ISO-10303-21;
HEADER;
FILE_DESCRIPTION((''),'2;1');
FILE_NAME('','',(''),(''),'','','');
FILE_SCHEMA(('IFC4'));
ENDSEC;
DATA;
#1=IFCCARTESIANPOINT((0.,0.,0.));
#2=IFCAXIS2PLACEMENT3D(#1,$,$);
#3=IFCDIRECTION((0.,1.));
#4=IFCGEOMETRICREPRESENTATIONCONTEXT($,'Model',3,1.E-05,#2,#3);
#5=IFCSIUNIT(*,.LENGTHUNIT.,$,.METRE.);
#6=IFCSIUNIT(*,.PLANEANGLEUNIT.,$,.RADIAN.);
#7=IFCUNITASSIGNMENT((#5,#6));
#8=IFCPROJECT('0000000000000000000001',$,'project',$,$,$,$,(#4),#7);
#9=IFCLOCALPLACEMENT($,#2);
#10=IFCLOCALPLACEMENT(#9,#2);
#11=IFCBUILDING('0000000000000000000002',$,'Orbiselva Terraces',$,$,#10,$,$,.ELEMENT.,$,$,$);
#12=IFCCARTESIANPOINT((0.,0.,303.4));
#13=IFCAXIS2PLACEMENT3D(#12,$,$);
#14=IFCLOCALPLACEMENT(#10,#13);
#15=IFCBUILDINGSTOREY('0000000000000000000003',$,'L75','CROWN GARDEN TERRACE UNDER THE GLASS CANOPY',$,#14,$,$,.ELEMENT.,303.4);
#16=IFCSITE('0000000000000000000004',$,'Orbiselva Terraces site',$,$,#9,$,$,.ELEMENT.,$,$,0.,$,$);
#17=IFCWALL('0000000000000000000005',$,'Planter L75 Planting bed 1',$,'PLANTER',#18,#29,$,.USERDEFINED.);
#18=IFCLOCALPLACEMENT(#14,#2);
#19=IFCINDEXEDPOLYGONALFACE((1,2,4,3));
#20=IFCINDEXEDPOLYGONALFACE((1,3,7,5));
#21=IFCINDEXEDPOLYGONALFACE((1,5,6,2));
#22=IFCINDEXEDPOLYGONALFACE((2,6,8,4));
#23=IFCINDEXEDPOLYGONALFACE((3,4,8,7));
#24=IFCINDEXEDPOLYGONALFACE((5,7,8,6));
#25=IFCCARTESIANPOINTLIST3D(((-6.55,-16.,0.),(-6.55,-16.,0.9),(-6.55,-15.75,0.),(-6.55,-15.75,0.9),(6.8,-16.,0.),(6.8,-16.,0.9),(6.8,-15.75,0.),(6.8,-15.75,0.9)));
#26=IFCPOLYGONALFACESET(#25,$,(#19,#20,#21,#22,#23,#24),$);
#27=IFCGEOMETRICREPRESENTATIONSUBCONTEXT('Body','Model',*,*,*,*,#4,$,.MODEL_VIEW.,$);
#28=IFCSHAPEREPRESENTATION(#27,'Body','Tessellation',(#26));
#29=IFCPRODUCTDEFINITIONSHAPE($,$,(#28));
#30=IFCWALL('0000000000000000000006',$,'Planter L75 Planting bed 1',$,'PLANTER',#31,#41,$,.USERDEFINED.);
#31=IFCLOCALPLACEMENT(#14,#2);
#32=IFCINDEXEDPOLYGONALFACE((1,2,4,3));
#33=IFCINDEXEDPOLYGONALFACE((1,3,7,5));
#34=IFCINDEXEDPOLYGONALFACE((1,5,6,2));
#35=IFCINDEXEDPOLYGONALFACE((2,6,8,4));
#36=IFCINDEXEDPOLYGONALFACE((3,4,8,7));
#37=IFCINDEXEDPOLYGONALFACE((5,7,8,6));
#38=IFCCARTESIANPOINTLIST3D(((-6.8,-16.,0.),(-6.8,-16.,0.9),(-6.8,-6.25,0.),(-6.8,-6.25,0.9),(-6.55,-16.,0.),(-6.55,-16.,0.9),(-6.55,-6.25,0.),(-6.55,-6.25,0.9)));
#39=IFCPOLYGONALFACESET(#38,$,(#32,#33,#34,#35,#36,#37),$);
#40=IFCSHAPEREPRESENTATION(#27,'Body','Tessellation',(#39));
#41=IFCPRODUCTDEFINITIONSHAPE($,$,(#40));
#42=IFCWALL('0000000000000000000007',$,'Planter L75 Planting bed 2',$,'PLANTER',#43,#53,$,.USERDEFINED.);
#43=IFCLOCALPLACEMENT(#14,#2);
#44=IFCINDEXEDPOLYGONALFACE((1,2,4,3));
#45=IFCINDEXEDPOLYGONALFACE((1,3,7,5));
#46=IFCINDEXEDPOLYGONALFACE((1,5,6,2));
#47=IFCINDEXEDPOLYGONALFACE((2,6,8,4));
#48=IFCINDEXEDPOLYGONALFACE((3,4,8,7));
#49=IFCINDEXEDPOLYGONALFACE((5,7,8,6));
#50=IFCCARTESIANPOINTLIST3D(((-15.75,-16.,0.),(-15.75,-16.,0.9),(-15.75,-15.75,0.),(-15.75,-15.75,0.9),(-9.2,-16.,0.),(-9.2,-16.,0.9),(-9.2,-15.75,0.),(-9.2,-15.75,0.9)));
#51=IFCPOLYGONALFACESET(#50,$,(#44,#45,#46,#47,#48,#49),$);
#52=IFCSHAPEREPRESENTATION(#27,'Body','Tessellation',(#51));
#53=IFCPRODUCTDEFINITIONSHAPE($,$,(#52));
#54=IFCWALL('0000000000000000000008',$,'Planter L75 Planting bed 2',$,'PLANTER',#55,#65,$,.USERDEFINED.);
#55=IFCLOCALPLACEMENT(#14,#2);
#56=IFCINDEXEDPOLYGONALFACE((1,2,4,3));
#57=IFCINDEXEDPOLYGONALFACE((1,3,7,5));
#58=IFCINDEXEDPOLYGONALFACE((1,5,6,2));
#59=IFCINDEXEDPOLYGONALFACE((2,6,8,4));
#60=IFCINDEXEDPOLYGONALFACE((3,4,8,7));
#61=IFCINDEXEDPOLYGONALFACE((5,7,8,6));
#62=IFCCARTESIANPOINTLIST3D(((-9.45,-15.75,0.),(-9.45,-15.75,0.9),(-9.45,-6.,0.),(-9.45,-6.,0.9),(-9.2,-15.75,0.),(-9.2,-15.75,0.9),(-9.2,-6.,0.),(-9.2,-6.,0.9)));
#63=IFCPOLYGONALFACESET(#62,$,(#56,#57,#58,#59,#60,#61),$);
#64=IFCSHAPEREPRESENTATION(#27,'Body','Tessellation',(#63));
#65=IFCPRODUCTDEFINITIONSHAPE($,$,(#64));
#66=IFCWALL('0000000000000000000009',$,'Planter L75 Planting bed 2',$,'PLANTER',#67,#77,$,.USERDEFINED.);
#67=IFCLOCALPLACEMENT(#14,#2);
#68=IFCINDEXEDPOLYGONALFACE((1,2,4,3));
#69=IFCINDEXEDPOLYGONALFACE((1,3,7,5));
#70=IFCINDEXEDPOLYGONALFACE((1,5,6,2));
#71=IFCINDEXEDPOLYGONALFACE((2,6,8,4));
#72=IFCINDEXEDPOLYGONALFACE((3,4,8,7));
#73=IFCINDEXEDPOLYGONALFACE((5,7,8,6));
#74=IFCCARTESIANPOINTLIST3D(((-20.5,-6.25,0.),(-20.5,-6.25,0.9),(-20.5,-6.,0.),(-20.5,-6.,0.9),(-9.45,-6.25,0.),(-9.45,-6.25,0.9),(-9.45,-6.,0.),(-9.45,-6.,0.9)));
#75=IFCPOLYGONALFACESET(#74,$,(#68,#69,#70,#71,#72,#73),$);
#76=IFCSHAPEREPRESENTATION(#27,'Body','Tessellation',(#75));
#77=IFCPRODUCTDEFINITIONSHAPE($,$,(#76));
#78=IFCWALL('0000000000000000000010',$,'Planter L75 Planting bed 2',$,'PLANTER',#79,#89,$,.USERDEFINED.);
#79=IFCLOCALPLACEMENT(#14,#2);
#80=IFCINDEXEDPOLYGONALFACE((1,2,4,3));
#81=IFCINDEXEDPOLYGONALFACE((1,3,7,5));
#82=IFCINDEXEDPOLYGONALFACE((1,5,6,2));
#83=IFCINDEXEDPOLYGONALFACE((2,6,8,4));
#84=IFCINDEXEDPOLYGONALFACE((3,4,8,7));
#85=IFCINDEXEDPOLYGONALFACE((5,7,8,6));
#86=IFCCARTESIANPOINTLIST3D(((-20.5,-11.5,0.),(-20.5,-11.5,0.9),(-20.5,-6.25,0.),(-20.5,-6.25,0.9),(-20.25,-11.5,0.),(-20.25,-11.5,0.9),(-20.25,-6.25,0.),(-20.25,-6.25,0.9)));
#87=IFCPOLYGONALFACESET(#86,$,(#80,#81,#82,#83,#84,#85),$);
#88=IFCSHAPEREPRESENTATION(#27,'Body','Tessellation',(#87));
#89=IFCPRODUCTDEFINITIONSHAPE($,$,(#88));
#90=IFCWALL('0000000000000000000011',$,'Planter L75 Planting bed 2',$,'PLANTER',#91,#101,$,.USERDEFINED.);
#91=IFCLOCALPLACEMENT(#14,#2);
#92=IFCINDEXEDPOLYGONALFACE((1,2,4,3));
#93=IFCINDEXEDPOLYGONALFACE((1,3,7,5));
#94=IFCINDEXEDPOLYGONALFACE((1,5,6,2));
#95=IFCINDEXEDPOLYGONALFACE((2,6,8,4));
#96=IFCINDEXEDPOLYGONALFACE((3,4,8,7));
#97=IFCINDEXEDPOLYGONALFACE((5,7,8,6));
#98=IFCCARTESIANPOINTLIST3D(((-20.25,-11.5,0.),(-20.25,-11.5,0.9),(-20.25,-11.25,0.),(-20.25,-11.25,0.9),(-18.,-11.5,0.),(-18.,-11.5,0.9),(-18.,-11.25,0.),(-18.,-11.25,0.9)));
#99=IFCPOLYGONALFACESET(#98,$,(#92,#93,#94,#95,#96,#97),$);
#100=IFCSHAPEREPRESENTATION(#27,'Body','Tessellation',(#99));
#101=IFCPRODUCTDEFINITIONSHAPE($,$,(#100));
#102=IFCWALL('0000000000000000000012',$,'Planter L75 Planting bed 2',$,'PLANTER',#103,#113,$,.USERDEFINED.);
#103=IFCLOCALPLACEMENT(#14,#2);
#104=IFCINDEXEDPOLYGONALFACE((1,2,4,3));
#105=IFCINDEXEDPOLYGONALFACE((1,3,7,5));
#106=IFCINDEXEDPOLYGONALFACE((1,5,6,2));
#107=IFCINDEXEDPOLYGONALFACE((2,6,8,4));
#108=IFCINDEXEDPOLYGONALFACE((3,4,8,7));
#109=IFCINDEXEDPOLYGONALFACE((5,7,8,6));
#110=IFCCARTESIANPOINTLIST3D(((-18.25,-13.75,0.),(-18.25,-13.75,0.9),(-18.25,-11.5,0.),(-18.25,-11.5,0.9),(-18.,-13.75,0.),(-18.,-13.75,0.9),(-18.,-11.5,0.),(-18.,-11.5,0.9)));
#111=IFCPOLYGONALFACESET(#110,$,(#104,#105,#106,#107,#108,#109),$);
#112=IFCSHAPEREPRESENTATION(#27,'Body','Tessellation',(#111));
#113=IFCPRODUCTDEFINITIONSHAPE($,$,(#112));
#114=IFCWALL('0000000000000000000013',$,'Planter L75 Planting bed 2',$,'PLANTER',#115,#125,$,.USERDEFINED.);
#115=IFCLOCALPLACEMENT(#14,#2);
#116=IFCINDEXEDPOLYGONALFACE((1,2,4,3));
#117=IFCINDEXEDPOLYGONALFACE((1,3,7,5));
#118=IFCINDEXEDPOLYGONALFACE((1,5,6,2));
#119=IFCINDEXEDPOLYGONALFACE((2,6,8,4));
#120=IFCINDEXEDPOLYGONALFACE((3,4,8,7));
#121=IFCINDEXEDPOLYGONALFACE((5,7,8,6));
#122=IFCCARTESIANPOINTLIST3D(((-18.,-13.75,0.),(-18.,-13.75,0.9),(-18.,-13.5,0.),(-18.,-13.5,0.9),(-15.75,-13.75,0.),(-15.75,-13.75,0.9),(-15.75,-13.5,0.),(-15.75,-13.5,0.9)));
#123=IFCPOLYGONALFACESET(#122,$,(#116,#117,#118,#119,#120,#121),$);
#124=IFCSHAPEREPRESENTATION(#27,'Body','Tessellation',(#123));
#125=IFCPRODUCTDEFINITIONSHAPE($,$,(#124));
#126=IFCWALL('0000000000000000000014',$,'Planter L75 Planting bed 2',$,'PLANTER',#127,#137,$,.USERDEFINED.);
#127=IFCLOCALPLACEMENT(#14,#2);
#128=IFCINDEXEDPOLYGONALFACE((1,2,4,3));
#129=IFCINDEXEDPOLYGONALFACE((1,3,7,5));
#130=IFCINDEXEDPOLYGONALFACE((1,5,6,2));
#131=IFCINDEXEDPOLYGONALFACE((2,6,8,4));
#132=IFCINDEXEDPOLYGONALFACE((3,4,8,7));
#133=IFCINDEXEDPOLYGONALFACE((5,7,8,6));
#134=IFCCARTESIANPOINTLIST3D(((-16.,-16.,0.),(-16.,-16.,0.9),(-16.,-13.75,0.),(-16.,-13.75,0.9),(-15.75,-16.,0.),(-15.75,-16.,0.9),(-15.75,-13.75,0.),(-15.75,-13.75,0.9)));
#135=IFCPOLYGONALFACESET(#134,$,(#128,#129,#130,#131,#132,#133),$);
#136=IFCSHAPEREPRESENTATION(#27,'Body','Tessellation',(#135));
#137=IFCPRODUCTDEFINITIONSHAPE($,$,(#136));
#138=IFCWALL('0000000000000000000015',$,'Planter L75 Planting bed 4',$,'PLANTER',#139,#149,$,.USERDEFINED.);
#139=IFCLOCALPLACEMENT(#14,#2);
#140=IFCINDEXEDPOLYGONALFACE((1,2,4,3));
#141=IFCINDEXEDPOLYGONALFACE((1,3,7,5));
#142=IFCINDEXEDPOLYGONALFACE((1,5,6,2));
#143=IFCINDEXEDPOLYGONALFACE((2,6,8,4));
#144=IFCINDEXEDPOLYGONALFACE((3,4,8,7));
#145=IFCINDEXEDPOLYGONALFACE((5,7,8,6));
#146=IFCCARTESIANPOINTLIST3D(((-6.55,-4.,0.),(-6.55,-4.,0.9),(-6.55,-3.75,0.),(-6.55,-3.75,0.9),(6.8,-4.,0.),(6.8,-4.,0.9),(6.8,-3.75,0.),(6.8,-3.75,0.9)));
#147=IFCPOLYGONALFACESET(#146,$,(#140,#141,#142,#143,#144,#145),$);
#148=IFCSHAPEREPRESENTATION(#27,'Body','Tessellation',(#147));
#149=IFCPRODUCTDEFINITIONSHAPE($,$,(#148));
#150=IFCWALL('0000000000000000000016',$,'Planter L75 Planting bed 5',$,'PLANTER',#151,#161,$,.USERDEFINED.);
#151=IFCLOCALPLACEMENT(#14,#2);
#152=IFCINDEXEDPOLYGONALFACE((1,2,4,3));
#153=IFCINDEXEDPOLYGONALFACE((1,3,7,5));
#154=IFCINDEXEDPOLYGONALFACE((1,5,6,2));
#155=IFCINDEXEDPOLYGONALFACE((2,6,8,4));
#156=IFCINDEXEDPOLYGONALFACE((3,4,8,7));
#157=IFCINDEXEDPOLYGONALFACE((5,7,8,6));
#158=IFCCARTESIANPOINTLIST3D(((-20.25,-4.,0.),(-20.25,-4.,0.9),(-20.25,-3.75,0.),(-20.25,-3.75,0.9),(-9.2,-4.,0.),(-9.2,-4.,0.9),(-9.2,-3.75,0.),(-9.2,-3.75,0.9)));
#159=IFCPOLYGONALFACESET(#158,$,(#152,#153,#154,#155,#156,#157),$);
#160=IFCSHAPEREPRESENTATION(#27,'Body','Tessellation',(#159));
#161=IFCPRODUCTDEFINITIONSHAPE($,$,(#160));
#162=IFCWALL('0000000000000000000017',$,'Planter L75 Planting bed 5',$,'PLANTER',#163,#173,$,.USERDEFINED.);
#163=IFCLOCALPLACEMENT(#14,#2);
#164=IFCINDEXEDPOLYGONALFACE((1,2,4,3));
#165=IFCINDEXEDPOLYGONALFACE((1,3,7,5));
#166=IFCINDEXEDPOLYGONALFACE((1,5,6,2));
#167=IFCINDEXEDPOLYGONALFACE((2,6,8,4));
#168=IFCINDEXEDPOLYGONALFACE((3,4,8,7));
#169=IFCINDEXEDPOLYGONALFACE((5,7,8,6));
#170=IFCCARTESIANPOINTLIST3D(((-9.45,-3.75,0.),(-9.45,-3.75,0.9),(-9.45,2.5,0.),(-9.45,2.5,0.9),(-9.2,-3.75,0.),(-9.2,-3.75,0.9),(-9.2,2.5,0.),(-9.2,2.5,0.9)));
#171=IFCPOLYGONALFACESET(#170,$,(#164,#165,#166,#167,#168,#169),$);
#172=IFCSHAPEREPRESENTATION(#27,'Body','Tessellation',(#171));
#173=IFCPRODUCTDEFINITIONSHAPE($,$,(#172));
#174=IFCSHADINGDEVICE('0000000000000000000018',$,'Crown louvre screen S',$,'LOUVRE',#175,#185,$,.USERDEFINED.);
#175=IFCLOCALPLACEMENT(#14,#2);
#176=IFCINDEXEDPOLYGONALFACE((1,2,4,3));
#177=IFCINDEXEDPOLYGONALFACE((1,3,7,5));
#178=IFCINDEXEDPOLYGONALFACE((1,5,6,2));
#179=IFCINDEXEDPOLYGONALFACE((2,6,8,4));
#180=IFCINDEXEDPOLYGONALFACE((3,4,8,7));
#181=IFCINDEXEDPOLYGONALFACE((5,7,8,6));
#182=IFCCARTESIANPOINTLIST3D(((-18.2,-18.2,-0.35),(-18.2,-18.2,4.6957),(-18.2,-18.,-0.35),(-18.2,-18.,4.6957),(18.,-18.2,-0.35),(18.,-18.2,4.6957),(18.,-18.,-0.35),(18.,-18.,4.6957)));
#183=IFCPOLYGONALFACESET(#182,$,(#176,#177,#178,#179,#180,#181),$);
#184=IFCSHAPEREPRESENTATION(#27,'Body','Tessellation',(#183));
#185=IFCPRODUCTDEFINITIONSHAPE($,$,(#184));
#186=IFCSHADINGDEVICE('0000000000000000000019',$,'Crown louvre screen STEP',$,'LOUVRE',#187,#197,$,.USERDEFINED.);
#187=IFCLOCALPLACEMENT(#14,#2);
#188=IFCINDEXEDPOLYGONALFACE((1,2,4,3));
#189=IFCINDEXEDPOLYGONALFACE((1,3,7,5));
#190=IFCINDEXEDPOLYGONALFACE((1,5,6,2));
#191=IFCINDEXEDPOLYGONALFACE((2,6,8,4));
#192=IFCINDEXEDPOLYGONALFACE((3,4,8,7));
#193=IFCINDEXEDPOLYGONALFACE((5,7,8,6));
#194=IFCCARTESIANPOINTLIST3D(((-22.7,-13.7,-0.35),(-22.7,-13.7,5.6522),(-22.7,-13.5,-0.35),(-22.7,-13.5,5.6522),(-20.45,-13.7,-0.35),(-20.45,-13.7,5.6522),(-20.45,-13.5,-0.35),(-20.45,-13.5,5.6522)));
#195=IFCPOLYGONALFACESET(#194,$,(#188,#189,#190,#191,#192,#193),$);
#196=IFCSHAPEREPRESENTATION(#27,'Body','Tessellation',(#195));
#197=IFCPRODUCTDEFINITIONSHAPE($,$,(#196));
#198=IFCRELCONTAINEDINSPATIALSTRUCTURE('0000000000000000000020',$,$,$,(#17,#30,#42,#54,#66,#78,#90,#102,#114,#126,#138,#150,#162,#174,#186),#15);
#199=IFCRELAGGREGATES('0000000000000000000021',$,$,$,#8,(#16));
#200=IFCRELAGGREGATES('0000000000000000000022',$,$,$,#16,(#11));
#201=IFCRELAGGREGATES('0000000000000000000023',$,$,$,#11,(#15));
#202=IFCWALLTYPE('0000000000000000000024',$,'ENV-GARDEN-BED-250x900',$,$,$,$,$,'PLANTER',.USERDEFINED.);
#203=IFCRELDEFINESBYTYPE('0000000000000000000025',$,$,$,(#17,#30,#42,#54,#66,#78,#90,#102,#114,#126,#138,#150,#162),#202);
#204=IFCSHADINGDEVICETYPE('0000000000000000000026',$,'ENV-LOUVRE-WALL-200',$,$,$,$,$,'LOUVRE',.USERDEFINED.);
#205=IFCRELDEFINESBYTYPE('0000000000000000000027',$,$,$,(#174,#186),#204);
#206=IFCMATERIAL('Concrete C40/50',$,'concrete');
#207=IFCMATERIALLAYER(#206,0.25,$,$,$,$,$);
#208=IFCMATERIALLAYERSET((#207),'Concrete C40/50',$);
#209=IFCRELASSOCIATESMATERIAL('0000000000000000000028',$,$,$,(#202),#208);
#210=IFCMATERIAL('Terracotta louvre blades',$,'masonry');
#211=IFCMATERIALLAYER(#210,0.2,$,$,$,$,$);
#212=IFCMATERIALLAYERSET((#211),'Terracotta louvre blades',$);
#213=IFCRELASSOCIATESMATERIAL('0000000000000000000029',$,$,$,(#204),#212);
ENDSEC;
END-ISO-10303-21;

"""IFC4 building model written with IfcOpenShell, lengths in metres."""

from ifc_helpers import new_model, si_unit, direction, frame, frame_2d, origin, place, context, subcontext, project, spatial, polyline, rectangle, outline, extrude, material, layer, layer_set, type_object, element, save


model = new_model("IFC4")

# Units and contexts
model_context = context("Model", 3, precision=1e-05, world=origin(), true_north=direction((0.0, 1.0)))
body_context = subcontext(model_context, "Body", "Model", "MODEL_VIEW")
ifc_project = project(units=[si_unit("LENGTHUNIT", "METRE"), si_unit("PLANEANGLEUNIT", "RADIAN")], contexts=[model_context])

# Site, building, storey
site_placement = place(None, origin())
site = spatial("IfcSite", under=ifc_project, at=site_placement, Name="Orbiselva Terraces site", CompositionType="ELEMENT", RefElevation=0.0)
building_placement = place(site_placement, origin())
building = spatial("IfcBuilding", under=site, at=building_placement, Name="Orbiselva Terraces", CompositionType="ELEMENT")
storey_placement = place(building_placement, frame((0.0, 0.0, 303.4)))
storey = spatial("IfcBuildingStorey", under=building, at=storey_placement, Name="L75", Description="CROWN GARDEN TERRACE UNDER THE GLASS CANOPY", CompositionType="ELEMENT", Elevation=303.4)

# Walls
ifc_material_1 = material(Name="Concrete C40/50", Category="concrete")
ifc_layer_1 = layer(ifc_material_1, 0.25)
ifc_layer_set_1 = layer_set([ifc_layer_1], Name="Concrete C40/50")
wall_type = type_object("IfcWallType", Name="ENV-GARDEN-BED-250x900", ElementType="PLANTER", PredefinedType="USERDEFINED", material=ifc_layer_set_1)
wall_1_placement = place(storey_placement, frame((-6.55, -15.875, 0.0), z_axis=(0.0, 0.0, 1.0), x_axis=(1.0, 0.0, 0.0)))
element("IfcWall", 1, at=wall_1_placement, inside=storey, type_object=wall_type, Name="Planter L75 Planting bed 1", ObjectType="PLANTER", PredefinedType="USERDEFINED", context=body_context, shape_type="SweptSolid", body=[
    extrude(rectangle(XDim=13.35, YDim=0.25, at=frame_2d((6.675, 0.0))), origin(), (0.0, 0.0, 1.0), 0.9),
])
wall_2_placement = place(storey_placement, frame((-6.675, -6.25, 0.0), z_axis=(0.0, 0.0, 1.0), x_axis=(0.0, -1.0, 0.0)))
element("IfcWall", 2, at=wall_2_placement, inside=storey, type_object=wall_type, Name="Planter L75 Planting bed 1", ObjectType="PLANTER", PredefinedType="USERDEFINED", context=body_context, shape_type="SweptSolid", body=[
    extrude(rectangle(XDim=9.75, YDim=0.25, at=frame_2d((4.875, 0.0))), origin(), (0.0, 0.0, 1.0), 0.9),
])
wall_3_placement = place(storey_placement, frame((-15.75, -15.875, 0.0), z_axis=(0.0, 0.0, 1.0), x_axis=(1.0, 0.0, 0.0)))
element("IfcWall", 3, at=wall_3_placement, inside=storey, type_object=wall_type, Name="Planter L75 Planting bed 2", ObjectType="PLANTER", PredefinedType="USERDEFINED", context=body_context, shape_type="SweptSolid", body=[
    extrude(rectangle(XDim=6.55, YDim=0.25, at=frame_2d((3.275, 0.0))), origin(), (0.0, 0.0, 1.0), 0.9),
])
wall_4_placement = place(storey_placement, frame((-9.325, -15.75, 0.0), z_axis=(0.0, 0.0, 1.0), x_axis=(0.0, 1.0, 0.0)))
element("IfcWall", 4, at=wall_4_placement, inside=storey, type_object=wall_type, Name="Planter L75 Planting bed 2", ObjectType="PLANTER", PredefinedType="USERDEFINED", context=body_context, shape_type="SweptSolid", body=[
    extrude(rectangle(XDim=9.75, YDim=0.25, at=frame_2d((4.875, 0.0))), origin(), (0.0, 0.0, 1.0), 0.9),
])
wall_5_placement = place(storey_placement, frame((-9.45, -6.125, 0.0), z_axis=(0.0, 0.0, 1.0), x_axis=(-1.0, 0.0, 0.0)))
element("IfcWall", 5, at=wall_5_placement, inside=storey, type_object=wall_type, Name="Planter L75 Planting bed 2", ObjectType="PLANTER", PredefinedType="USERDEFINED", context=body_context, shape_type="SweptSolid", body=[
    extrude(rectangle(XDim=11.05, YDim=0.25, at=frame_2d((5.525, 0.0))), origin(), (0.0, 0.0, 1.0), 0.9),
])
wall_6_placement = place(storey_placement, frame((-20.375, -6.25, 0.0), z_axis=(0.0, 0.0, 1.0), x_axis=(0.0, -1.0, 0.0)))
element("IfcWall", 6, at=wall_6_placement, inside=storey, type_object=wall_type, Name="Planter L75 Planting bed 2", ObjectType="PLANTER", PredefinedType="USERDEFINED", context=body_context, shape_type="SweptSolid", body=[
    extrude(rectangle(XDim=5.25, YDim=0.25, at=frame_2d((2.625, 0.0))), origin(), (0.0, 0.0, 1.0), 0.9),
])
for number, where, z_axis, x_axis, name in (
    (7, (-20.25, -11.375, 0.0), (0.0, 0.0, 1.0), (1.0, 0.0, 0.0), "Planter L75 Planting bed 2"),
    (8, (-18.125, -11.5, 0.0), (0.0, 0.0, 1.0), (0.0, -1.0, 0.0), "Planter L75 Planting bed 2"),
    (9, (-18.0, -13.625, 0.0), (0.0, 0.0, 1.0), (1.0, 0.0, 0.0), "Planter L75 Planting bed 2"),
    (10, (-15.875, -13.75, 0.0), (0.0, 0.0, 1.0), (0.0, -1.0, 0.0), "Planter L75 Planting bed 2"),
):
    element("IfcWall", number, at=place(storey_placement, frame(where, z_axis=z_axis, x_axis=x_axis)), inside=storey, type_object=wall_type, Name=name, ObjectType="PLANTER", PredefinedType="USERDEFINED", context=body_context, shape_type="SweptSolid", body=[
        extrude(rectangle(XDim=2.25, YDim=0.25, at=frame_2d((1.125, 0.0))), origin(), (0.0, 0.0, 1.0), 0.9),
    ])
wall_7_placement = place(storey_placement, frame((-6.55, -3.875, 0.0), z_axis=(0.0, 0.0, 1.0), x_axis=(1.0, 0.0, 0.0)))
element("IfcWall", 11, at=wall_7_placement, inside=storey, type_object=wall_type, Name="Planter L75 Planting bed 4", ObjectType="PLANTER", PredefinedType="USERDEFINED", context=body_context, shape_type="SweptSolid", body=[
    extrude(rectangle(XDim=13.35, YDim=0.25, at=frame_2d((6.675, 0.0))), origin(), (0.0, 0.0, 1.0), 0.9),
])
wall_8_placement = place(storey_placement, frame((-20.25, -3.875, 0.0), z_axis=(0.0, 0.0, 1.0), x_axis=(1.0, 0.0, 0.0)))
element("IfcWall", 12, at=wall_8_placement, inside=storey, type_object=wall_type, Name="Planter L75 Planting bed 5", ObjectType="PLANTER", PredefinedType="USERDEFINED", context=body_context, shape_type="SweptSolid", body=[
    extrude(rectangle(XDim=11.05, YDim=0.25, at=frame_2d((5.525, 0.0))), origin(), (0.0, 0.0, 1.0), 0.9),
])
wall_9_placement = place(storey_placement, frame((-9.325, -3.75, 0.0), z_axis=(0.0, 0.0, 1.0), x_axis=(0.0, 1.0, 0.0)))
element("IfcWall", 13, at=wall_9_placement, inside=storey, type_object=wall_type, Name="Planter L75 Planting bed 5", ObjectType="PLANTER", PredefinedType="USERDEFINED", context=body_context, shape_type="SweptSolid", body=[
    extrude(rectangle(XDim=6.25, YDim=0.25, at=frame_2d((3.125, 0.0))), origin(), (0.0, 0.0, 1.0), 0.9),
])

# Shading devices
ifc_material_2 = material(Name="Terracotta louvre blades", Category="masonry")
ifc_layer_2 = layer(ifc_material_2, 0.2)
ifc_layer_set_2 = layer_set([ifc_layer_2], Name="Terracotta louvre blades")
shading_device_type = type_object("IfcShadingDeviceType", Name="ENV-LOUVRE-WALL-200", ElementType="LOUVRE", PredefinedType="USERDEFINED", material=ifc_layer_set_2)
shading_device_1_placement = place(storey_placement, frame((-18.2, -18.1, -0.35), z_axis=(0.0, 0.0, 1.0), x_axis=(1.0, 0.0, 0.0)))
element("IfcShadingDevice", 14, at=shading_device_1_placement, inside=storey, type_object=shading_device_type, Name="Crown louvre screen S", ObjectType="LOUVRE", PredefinedType="USERDEFINED", context=body_context, shape_type="SweptSolid", body=[
    extrude(outline(polyline([(0.0, 0.0), (36.2, 0.0), (36.2, 5.0457), (0.0, 5.0457), (0.0, 0.0)])), frame((0.0, 0.1, 0.0), z_axis=(0.0, -1.0, 0.0), x_axis=(1.0, 0.0, 0.0)), (0.0, 0.0, 1.0), 0.2),
])
shading_device_2_placement = place(storey_placement, frame((-22.7, -13.6, -0.35), z_axis=(0.0, 0.0, 1.0), x_axis=(1.0, 0.0, 0.0)))
element("IfcShadingDevice", 15, at=shading_device_2_placement, inside=storey, type_object=shading_device_type, Name="Crown louvre screen STEP", ObjectType="LOUVRE", PredefinedType="USERDEFINED", context=body_context, shape_type="SweptSolid", body=[
    extrude(outline(polyline([(0.0, 0.0), (2.25, 0.0), (2.25, 6.0022), (0.0, 6.0022), (0.0, 0.0)])), frame((0.0, 0.1, 0.0), z_axis=(0.0, -1.0, 0.0), x_axis=(1.0, 0.0, 0.0)), (0.0, 0.0, 1.0), 0.2),
])

save(model, "model.ifc")
